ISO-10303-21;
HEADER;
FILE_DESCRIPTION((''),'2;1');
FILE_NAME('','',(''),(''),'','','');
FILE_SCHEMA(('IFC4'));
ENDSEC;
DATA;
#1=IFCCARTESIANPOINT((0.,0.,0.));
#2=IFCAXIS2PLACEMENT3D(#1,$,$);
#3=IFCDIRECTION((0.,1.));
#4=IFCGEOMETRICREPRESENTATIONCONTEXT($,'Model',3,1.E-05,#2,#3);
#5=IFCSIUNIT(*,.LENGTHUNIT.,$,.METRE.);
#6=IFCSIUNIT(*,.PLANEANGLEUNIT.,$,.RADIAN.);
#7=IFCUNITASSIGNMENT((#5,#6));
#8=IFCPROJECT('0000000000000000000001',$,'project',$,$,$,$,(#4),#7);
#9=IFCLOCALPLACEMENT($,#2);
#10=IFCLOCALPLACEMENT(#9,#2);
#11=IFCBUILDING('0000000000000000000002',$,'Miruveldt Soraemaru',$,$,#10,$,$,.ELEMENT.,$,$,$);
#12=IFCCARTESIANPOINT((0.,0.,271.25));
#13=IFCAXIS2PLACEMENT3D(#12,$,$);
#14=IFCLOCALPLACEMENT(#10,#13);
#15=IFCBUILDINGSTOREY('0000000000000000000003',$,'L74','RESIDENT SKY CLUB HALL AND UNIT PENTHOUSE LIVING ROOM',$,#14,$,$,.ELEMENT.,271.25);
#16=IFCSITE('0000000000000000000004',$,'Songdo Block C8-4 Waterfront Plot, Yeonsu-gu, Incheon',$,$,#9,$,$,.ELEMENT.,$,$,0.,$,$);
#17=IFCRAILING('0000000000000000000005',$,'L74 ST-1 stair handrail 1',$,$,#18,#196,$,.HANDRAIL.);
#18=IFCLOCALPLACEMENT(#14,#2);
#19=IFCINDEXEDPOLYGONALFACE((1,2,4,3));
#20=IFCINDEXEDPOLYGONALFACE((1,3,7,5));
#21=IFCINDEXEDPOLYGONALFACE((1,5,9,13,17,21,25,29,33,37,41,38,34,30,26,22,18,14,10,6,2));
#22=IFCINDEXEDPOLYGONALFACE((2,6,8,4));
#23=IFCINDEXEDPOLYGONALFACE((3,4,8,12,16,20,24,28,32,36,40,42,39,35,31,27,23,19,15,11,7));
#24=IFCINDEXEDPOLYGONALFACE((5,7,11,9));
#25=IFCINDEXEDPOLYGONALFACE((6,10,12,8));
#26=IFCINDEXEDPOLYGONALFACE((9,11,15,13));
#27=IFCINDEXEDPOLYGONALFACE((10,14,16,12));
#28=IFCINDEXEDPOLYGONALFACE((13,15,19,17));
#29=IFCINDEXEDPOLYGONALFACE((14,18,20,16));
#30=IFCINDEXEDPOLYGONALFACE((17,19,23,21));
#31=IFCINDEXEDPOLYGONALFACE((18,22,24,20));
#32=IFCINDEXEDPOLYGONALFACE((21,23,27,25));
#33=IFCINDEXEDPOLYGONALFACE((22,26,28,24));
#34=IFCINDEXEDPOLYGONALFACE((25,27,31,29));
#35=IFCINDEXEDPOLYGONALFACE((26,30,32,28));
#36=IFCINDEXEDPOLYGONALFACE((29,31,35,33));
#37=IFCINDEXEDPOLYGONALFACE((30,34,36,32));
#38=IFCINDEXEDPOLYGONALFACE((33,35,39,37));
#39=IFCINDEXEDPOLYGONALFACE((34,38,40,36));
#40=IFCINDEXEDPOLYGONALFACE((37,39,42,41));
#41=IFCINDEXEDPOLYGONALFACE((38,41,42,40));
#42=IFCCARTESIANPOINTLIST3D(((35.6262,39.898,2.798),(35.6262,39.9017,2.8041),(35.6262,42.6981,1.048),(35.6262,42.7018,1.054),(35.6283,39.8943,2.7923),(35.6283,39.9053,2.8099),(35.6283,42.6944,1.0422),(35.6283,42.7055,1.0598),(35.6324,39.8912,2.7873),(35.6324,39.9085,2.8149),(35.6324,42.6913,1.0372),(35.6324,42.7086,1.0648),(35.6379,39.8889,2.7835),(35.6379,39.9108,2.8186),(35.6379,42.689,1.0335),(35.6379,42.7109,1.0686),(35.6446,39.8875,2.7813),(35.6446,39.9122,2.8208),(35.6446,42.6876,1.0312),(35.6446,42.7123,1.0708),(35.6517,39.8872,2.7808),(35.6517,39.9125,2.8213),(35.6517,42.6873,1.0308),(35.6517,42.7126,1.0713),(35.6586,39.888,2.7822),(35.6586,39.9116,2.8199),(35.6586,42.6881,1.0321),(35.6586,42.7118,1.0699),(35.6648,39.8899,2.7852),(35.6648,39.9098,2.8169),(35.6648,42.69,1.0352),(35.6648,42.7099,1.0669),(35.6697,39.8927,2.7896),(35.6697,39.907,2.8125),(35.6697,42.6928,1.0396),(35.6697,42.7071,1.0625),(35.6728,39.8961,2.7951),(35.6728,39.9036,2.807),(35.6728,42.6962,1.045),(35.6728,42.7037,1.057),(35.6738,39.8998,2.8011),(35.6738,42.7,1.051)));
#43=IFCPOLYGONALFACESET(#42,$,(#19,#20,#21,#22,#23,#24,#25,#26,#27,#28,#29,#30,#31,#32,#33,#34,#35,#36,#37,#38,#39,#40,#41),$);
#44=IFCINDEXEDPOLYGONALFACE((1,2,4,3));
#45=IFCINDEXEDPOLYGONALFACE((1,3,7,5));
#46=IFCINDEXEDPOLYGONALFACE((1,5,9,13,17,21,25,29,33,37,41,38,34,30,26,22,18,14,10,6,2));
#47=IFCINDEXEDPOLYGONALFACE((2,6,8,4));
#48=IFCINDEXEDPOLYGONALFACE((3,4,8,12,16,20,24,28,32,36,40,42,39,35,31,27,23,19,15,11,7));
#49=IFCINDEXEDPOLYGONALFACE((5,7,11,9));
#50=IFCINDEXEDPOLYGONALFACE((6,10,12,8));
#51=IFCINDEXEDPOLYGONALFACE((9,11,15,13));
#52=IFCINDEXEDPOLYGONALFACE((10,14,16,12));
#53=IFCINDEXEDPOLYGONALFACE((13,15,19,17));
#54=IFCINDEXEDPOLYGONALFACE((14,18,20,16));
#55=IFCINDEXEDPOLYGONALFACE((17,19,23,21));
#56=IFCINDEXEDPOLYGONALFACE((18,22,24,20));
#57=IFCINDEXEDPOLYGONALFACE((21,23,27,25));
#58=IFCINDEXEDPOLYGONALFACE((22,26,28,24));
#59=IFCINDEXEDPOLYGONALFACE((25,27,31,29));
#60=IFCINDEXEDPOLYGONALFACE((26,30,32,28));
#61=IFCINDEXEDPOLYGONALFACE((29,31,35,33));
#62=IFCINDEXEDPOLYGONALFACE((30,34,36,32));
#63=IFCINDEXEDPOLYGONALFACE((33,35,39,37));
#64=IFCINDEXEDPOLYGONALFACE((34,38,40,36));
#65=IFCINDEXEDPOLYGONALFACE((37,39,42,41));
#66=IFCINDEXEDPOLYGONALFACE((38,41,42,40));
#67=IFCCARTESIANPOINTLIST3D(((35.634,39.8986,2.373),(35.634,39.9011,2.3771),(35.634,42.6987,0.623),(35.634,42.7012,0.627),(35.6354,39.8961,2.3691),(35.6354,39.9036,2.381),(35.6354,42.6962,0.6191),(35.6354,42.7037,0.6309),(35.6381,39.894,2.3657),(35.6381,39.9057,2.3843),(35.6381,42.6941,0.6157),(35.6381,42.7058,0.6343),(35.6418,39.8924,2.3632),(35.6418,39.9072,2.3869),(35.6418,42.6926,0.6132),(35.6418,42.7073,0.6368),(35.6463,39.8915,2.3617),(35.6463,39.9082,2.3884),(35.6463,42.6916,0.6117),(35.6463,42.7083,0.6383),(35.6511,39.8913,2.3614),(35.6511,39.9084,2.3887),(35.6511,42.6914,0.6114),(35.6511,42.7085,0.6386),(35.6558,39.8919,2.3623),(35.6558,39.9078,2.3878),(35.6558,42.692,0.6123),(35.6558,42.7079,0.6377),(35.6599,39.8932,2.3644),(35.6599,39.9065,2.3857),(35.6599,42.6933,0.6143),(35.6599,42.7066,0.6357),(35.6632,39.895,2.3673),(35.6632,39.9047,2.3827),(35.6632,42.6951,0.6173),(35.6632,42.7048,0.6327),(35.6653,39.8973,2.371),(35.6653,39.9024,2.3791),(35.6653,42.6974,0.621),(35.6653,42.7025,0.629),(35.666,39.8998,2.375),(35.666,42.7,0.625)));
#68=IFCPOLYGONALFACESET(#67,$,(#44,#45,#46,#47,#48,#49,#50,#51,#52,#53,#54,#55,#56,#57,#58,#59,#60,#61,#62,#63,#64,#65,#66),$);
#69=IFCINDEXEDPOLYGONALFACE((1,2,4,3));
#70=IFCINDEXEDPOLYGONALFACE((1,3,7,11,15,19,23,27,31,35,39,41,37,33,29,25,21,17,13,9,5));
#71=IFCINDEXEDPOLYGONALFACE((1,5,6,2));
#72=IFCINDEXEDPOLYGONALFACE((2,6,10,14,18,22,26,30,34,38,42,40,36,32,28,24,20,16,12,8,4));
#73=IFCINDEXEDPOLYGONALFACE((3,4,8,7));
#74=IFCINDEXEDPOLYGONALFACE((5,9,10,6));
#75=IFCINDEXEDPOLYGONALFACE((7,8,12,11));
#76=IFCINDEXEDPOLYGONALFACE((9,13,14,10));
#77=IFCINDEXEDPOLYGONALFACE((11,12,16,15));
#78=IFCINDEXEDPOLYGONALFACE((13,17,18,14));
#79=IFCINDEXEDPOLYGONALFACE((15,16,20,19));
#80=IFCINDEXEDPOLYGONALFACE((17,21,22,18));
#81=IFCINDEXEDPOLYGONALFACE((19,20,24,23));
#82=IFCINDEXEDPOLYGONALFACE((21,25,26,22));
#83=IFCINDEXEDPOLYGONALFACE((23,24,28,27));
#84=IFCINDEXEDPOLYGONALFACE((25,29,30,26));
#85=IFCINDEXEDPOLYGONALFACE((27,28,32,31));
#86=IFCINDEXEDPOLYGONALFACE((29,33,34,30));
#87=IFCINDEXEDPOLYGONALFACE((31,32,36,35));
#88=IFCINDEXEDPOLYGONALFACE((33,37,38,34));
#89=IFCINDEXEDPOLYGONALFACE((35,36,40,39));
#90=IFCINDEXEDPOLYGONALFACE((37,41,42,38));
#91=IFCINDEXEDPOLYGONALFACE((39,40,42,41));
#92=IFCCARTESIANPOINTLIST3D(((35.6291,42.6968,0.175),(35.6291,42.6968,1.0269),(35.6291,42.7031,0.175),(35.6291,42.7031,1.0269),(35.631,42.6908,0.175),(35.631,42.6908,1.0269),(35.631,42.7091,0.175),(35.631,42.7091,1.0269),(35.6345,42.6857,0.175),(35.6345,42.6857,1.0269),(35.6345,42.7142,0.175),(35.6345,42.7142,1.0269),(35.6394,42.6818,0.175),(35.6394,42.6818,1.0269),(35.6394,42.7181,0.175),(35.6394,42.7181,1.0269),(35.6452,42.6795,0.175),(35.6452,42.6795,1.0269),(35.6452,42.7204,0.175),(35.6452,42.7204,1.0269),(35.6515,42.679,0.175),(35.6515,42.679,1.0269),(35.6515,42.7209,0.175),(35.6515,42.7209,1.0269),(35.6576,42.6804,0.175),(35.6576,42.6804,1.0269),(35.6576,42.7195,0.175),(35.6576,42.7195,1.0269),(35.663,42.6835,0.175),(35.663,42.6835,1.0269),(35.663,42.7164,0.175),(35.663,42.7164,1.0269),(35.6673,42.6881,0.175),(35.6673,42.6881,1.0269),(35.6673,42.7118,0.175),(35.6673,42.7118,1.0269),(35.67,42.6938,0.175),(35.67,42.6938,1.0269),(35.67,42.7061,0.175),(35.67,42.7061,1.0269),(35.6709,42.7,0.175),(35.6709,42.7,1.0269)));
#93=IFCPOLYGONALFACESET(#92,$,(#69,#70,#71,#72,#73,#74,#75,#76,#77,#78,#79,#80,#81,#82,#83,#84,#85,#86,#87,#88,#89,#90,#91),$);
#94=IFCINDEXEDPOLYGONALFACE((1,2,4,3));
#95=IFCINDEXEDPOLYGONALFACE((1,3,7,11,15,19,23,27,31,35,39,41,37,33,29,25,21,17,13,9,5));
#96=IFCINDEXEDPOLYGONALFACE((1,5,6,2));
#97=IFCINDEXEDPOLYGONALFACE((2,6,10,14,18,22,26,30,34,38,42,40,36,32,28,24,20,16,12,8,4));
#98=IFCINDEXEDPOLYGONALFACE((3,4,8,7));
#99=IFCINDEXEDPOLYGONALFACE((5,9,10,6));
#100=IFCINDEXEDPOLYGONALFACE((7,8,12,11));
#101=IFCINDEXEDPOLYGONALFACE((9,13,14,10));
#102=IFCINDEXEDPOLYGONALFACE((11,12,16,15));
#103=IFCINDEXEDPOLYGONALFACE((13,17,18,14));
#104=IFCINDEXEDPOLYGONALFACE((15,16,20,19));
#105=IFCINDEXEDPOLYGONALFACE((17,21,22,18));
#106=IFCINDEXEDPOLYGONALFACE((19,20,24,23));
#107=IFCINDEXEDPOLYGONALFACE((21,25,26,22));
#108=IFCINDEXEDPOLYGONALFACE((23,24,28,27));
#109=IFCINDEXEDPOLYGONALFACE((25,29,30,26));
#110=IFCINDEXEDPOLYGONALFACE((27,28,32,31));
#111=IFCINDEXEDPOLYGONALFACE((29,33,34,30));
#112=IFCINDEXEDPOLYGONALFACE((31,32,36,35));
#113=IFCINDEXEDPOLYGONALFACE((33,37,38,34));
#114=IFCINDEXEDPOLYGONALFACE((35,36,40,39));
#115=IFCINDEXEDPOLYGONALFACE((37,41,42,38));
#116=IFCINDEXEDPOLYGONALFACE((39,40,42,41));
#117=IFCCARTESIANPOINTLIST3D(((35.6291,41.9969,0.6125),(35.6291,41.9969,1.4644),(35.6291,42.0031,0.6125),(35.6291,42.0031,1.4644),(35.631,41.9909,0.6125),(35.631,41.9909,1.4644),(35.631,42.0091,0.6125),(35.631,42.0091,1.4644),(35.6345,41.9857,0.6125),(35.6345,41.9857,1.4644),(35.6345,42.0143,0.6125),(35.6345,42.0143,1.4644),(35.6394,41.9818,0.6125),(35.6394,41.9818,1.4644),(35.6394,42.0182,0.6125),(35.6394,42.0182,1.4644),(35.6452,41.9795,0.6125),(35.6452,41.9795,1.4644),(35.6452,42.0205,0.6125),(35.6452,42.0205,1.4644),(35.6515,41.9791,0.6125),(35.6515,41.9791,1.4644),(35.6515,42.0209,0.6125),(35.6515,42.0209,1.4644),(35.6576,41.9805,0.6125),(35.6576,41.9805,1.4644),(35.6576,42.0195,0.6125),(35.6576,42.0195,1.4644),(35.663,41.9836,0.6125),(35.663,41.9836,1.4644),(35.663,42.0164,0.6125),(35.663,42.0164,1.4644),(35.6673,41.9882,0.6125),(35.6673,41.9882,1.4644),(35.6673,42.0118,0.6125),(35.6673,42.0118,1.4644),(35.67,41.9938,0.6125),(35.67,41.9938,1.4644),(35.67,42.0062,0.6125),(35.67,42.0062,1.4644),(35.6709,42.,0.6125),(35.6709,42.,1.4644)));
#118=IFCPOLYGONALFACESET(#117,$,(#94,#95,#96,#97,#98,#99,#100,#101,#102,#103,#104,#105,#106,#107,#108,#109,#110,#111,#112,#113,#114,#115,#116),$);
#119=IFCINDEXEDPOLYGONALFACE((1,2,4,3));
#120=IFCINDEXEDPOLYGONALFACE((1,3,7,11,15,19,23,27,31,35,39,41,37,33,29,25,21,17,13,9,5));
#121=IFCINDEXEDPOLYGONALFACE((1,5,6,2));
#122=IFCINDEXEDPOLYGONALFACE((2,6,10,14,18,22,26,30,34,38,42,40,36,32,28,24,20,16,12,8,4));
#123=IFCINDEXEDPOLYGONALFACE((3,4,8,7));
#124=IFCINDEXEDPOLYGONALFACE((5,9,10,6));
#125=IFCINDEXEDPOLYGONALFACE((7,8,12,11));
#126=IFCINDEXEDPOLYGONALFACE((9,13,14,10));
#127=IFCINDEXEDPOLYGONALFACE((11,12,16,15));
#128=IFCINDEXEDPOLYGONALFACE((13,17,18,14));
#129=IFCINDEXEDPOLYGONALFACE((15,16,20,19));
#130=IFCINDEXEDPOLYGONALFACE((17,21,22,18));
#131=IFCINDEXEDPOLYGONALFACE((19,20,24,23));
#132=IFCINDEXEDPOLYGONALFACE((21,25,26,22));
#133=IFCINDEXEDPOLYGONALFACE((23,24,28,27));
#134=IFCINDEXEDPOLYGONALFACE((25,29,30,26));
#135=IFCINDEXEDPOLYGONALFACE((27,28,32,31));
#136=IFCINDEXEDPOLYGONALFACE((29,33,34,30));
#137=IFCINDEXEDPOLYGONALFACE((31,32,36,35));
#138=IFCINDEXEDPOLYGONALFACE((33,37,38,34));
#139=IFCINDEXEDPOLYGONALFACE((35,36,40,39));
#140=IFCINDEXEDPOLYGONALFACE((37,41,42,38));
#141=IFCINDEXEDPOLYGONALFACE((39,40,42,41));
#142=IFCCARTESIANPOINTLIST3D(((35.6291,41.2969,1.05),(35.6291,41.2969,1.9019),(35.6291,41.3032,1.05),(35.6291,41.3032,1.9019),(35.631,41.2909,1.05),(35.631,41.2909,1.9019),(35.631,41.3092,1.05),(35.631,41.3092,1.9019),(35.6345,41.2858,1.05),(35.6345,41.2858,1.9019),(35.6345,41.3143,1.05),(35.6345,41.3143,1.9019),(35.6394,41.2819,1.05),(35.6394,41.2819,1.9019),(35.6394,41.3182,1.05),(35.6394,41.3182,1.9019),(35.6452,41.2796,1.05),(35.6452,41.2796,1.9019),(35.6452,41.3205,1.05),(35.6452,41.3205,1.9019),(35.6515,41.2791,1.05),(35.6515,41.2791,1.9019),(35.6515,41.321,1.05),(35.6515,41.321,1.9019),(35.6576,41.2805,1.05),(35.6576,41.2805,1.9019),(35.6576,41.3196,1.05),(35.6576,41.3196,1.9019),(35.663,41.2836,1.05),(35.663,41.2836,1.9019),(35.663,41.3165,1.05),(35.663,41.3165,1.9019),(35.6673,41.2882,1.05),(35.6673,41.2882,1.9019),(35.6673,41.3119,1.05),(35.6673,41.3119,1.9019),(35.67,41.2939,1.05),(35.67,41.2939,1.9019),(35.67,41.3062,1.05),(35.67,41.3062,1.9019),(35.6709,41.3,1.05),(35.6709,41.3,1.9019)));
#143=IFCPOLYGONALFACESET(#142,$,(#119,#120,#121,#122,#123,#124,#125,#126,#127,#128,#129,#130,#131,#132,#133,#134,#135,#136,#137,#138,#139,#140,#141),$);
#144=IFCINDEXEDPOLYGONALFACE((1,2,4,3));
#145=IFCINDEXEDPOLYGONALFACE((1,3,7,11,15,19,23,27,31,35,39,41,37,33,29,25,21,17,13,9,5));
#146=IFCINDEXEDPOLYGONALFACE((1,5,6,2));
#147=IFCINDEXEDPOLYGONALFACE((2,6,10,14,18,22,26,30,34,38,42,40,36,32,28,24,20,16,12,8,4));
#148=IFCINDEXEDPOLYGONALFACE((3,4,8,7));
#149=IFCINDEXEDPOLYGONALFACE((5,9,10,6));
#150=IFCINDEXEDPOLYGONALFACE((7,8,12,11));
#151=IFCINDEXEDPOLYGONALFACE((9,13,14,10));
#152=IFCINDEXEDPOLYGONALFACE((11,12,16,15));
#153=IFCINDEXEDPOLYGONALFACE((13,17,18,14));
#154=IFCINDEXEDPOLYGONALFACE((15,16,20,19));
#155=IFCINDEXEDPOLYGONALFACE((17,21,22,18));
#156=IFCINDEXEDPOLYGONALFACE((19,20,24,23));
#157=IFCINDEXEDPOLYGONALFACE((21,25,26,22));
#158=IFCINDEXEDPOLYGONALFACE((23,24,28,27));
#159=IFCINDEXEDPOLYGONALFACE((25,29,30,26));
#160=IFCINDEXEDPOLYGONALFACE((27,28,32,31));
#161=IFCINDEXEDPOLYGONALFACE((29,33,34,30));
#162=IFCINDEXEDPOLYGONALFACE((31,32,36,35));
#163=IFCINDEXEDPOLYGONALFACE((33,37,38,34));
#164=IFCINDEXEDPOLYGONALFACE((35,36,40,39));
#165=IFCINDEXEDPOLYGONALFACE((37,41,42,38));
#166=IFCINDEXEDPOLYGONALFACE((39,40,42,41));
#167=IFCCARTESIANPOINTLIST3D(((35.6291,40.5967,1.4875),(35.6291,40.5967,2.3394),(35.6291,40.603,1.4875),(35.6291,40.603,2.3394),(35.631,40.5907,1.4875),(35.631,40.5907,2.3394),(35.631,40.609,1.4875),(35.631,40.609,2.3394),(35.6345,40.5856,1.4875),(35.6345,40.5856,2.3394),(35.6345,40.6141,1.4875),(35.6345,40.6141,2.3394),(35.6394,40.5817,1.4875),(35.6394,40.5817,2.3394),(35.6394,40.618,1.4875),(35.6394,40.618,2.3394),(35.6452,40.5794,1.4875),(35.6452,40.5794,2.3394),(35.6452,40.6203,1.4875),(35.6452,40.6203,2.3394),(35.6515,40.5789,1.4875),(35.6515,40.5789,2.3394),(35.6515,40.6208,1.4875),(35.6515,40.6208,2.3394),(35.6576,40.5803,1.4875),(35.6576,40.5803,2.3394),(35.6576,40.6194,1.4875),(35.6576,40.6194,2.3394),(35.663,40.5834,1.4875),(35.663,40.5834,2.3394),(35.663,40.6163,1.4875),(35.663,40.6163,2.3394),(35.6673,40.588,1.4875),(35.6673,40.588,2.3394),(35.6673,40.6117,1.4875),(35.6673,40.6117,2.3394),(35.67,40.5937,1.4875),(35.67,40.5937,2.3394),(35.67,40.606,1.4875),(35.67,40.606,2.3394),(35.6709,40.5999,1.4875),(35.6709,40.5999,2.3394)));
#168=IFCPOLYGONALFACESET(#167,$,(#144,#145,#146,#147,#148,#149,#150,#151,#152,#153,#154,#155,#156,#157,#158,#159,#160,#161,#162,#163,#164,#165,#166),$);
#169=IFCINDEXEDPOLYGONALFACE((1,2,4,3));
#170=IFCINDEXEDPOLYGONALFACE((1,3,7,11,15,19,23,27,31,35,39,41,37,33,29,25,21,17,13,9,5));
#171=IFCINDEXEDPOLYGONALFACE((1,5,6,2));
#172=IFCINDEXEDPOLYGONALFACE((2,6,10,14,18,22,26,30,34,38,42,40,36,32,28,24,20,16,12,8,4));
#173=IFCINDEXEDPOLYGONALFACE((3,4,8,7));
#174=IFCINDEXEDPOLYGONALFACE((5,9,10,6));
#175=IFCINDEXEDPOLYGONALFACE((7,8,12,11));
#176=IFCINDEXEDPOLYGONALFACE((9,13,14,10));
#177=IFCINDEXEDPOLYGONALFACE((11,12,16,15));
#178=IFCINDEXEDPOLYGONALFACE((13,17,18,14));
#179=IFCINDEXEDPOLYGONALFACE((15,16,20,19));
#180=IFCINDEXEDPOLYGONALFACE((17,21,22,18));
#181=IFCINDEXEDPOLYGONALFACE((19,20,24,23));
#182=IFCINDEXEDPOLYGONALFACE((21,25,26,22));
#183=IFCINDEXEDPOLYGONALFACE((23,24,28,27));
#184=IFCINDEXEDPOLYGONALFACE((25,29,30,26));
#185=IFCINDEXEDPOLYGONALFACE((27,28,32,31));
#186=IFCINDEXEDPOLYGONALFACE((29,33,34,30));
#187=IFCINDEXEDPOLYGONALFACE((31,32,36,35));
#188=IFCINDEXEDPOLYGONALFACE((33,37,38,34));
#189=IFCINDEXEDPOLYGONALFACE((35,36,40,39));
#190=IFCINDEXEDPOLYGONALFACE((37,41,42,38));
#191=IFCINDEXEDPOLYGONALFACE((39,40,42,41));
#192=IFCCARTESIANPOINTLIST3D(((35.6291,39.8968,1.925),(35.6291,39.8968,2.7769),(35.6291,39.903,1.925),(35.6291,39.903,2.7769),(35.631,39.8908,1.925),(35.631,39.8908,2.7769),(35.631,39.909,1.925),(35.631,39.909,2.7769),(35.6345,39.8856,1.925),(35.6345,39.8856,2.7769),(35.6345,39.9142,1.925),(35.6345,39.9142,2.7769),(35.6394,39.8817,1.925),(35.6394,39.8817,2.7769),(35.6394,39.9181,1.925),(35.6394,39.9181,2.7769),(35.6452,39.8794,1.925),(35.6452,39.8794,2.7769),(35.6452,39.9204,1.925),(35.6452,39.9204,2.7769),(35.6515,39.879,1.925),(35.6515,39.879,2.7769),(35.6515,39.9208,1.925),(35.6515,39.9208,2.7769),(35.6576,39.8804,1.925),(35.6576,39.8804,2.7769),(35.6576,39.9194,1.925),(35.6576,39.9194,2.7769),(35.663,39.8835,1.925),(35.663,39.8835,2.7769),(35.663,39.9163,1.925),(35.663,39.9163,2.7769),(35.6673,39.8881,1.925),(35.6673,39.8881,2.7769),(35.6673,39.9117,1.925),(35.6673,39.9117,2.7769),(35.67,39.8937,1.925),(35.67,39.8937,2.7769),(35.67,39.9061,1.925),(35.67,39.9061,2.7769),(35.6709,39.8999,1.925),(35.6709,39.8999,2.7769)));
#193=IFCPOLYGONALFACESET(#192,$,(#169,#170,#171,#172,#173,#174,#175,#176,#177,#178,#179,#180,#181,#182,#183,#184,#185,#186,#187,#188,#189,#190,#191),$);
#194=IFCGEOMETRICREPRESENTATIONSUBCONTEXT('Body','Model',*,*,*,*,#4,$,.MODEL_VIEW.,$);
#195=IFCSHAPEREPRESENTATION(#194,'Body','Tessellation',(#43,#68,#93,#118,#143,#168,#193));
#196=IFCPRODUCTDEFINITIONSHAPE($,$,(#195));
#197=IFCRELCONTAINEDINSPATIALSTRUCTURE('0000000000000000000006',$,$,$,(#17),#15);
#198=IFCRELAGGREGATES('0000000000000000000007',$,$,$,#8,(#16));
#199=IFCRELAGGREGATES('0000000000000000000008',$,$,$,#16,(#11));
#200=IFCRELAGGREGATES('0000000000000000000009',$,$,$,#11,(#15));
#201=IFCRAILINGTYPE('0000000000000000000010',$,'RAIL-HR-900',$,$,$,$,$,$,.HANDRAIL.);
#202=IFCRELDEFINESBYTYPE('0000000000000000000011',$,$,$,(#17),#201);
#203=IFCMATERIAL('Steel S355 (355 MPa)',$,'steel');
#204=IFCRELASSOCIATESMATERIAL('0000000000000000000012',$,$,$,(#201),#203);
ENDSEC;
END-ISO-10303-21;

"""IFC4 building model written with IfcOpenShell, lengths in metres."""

from ifc_helpers import new_model, si_unit, direction, frame, origin, origin_2d, place, context, subcontext, project, spatial, circle, extrude, material, type_object, element, save


model = new_model("IFC4")

# Units and contexts
model_context = context("Model", 3, precision=1e-05, world=origin(), true_north=direction((0.0, 1.0)))
body_context = subcontext(model_context, "Body", "Model", "MODEL_VIEW")
ifc_project = project(units=[si_unit("LENGTHUNIT", "METRE"), si_unit("PLANEANGLEUNIT", "RADIAN")], contexts=[model_context])

# Site, building, storey
site_placement = place(None, origin())
site = spatial("IfcSite", under=ifc_project, at=site_placement, Name="Songdo Block C8-4 Waterfront Plot, Yeonsu-gu, Incheon", CompositionType="ELEMENT", RefElevation=0.0)
building_placement = place(site_placement, origin())
building = spatial("IfcBuilding", under=site, at=building_placement, Name="Miruveldt Soraemaru", CompositionType="ELEMENT")
storey_placement = place(building_placement, frame((0.0, 0.0, 271.25)))
storey = spatial("IfcBuildingStorey", under=building, at=storey_placement, Name="L74", Description="RESIDENT SKY CLUB HALL AND UNIT PENTHOUSE LIVING ROOM", CompositionType="ELEMENT", Elevation=271.25)

# Railing
ifc_material_1 = material(Name="Steel S355 (355 MPa)", Category="steel")
railing_type_1 = type_object("IfcRailingType", Name="RAIL-HR-900", PredefinedType="HANDRAIL", material=ifc_material_1)
railing_1_placement = place(storey_placement, frame((35.6499, 42.7, 0.175)))
element("IfcRailing", 1, at=railing_1_placement, inside=storey, type_object=railing_type_1, Name="L74 ST-1 stair handrail 1", PredefinedType="HANDRAIL", context=body_context, shape_type="SweptSolid", body=[
    extrude(circle(Radius=0.0239, at=origin_2d()), frame((0.0, 0.0, 0.876), z_axis=(0.0, -0.848002, 0.529992), x_axis=(1.0, 0.0, 0.0)), (0.0, 0.0, 1.0), 3.302),
    extrude(circle(Radius=0.0161, at=origin_2d()), frame((0.0, 0.0, 0.45), z_axis=(0.0, -0.848002, 0.529992), x_axis=(1.0, 0.0, 0.0)), (0.0, 0.0, 1.0), 3.302),
    extrude(circle(Radius=0.021, at=origin_2d()), origin(), (0.0, 0.0, 1.0), 0.8518),
    extrude(circle(Radius=0.021, at=origin_2d()), frame((0.0, -0.7, 0.4375)), (0.0, 0.0, 1.0), 0.8518),
    extrude(circle(Radius=0.021, at=origin_2d()), frame((0.0, -1.3999, 0.875)), (0.0, 0.0, 1.0), 0.8518),
    extrude(circle(Radius=0.021, at=origin_2d()), frame((0.0, -2.1001, 1.3125)), (0.0, 0.0, 1.0), 0.8518),
    extrude(circle(Radius=0.021, at=origin_2d()), frame((0.0, -2.8, 1.75)), (0.0, 0.0, 1.0), 0.8518),
])

save(model, "model.ifc")
